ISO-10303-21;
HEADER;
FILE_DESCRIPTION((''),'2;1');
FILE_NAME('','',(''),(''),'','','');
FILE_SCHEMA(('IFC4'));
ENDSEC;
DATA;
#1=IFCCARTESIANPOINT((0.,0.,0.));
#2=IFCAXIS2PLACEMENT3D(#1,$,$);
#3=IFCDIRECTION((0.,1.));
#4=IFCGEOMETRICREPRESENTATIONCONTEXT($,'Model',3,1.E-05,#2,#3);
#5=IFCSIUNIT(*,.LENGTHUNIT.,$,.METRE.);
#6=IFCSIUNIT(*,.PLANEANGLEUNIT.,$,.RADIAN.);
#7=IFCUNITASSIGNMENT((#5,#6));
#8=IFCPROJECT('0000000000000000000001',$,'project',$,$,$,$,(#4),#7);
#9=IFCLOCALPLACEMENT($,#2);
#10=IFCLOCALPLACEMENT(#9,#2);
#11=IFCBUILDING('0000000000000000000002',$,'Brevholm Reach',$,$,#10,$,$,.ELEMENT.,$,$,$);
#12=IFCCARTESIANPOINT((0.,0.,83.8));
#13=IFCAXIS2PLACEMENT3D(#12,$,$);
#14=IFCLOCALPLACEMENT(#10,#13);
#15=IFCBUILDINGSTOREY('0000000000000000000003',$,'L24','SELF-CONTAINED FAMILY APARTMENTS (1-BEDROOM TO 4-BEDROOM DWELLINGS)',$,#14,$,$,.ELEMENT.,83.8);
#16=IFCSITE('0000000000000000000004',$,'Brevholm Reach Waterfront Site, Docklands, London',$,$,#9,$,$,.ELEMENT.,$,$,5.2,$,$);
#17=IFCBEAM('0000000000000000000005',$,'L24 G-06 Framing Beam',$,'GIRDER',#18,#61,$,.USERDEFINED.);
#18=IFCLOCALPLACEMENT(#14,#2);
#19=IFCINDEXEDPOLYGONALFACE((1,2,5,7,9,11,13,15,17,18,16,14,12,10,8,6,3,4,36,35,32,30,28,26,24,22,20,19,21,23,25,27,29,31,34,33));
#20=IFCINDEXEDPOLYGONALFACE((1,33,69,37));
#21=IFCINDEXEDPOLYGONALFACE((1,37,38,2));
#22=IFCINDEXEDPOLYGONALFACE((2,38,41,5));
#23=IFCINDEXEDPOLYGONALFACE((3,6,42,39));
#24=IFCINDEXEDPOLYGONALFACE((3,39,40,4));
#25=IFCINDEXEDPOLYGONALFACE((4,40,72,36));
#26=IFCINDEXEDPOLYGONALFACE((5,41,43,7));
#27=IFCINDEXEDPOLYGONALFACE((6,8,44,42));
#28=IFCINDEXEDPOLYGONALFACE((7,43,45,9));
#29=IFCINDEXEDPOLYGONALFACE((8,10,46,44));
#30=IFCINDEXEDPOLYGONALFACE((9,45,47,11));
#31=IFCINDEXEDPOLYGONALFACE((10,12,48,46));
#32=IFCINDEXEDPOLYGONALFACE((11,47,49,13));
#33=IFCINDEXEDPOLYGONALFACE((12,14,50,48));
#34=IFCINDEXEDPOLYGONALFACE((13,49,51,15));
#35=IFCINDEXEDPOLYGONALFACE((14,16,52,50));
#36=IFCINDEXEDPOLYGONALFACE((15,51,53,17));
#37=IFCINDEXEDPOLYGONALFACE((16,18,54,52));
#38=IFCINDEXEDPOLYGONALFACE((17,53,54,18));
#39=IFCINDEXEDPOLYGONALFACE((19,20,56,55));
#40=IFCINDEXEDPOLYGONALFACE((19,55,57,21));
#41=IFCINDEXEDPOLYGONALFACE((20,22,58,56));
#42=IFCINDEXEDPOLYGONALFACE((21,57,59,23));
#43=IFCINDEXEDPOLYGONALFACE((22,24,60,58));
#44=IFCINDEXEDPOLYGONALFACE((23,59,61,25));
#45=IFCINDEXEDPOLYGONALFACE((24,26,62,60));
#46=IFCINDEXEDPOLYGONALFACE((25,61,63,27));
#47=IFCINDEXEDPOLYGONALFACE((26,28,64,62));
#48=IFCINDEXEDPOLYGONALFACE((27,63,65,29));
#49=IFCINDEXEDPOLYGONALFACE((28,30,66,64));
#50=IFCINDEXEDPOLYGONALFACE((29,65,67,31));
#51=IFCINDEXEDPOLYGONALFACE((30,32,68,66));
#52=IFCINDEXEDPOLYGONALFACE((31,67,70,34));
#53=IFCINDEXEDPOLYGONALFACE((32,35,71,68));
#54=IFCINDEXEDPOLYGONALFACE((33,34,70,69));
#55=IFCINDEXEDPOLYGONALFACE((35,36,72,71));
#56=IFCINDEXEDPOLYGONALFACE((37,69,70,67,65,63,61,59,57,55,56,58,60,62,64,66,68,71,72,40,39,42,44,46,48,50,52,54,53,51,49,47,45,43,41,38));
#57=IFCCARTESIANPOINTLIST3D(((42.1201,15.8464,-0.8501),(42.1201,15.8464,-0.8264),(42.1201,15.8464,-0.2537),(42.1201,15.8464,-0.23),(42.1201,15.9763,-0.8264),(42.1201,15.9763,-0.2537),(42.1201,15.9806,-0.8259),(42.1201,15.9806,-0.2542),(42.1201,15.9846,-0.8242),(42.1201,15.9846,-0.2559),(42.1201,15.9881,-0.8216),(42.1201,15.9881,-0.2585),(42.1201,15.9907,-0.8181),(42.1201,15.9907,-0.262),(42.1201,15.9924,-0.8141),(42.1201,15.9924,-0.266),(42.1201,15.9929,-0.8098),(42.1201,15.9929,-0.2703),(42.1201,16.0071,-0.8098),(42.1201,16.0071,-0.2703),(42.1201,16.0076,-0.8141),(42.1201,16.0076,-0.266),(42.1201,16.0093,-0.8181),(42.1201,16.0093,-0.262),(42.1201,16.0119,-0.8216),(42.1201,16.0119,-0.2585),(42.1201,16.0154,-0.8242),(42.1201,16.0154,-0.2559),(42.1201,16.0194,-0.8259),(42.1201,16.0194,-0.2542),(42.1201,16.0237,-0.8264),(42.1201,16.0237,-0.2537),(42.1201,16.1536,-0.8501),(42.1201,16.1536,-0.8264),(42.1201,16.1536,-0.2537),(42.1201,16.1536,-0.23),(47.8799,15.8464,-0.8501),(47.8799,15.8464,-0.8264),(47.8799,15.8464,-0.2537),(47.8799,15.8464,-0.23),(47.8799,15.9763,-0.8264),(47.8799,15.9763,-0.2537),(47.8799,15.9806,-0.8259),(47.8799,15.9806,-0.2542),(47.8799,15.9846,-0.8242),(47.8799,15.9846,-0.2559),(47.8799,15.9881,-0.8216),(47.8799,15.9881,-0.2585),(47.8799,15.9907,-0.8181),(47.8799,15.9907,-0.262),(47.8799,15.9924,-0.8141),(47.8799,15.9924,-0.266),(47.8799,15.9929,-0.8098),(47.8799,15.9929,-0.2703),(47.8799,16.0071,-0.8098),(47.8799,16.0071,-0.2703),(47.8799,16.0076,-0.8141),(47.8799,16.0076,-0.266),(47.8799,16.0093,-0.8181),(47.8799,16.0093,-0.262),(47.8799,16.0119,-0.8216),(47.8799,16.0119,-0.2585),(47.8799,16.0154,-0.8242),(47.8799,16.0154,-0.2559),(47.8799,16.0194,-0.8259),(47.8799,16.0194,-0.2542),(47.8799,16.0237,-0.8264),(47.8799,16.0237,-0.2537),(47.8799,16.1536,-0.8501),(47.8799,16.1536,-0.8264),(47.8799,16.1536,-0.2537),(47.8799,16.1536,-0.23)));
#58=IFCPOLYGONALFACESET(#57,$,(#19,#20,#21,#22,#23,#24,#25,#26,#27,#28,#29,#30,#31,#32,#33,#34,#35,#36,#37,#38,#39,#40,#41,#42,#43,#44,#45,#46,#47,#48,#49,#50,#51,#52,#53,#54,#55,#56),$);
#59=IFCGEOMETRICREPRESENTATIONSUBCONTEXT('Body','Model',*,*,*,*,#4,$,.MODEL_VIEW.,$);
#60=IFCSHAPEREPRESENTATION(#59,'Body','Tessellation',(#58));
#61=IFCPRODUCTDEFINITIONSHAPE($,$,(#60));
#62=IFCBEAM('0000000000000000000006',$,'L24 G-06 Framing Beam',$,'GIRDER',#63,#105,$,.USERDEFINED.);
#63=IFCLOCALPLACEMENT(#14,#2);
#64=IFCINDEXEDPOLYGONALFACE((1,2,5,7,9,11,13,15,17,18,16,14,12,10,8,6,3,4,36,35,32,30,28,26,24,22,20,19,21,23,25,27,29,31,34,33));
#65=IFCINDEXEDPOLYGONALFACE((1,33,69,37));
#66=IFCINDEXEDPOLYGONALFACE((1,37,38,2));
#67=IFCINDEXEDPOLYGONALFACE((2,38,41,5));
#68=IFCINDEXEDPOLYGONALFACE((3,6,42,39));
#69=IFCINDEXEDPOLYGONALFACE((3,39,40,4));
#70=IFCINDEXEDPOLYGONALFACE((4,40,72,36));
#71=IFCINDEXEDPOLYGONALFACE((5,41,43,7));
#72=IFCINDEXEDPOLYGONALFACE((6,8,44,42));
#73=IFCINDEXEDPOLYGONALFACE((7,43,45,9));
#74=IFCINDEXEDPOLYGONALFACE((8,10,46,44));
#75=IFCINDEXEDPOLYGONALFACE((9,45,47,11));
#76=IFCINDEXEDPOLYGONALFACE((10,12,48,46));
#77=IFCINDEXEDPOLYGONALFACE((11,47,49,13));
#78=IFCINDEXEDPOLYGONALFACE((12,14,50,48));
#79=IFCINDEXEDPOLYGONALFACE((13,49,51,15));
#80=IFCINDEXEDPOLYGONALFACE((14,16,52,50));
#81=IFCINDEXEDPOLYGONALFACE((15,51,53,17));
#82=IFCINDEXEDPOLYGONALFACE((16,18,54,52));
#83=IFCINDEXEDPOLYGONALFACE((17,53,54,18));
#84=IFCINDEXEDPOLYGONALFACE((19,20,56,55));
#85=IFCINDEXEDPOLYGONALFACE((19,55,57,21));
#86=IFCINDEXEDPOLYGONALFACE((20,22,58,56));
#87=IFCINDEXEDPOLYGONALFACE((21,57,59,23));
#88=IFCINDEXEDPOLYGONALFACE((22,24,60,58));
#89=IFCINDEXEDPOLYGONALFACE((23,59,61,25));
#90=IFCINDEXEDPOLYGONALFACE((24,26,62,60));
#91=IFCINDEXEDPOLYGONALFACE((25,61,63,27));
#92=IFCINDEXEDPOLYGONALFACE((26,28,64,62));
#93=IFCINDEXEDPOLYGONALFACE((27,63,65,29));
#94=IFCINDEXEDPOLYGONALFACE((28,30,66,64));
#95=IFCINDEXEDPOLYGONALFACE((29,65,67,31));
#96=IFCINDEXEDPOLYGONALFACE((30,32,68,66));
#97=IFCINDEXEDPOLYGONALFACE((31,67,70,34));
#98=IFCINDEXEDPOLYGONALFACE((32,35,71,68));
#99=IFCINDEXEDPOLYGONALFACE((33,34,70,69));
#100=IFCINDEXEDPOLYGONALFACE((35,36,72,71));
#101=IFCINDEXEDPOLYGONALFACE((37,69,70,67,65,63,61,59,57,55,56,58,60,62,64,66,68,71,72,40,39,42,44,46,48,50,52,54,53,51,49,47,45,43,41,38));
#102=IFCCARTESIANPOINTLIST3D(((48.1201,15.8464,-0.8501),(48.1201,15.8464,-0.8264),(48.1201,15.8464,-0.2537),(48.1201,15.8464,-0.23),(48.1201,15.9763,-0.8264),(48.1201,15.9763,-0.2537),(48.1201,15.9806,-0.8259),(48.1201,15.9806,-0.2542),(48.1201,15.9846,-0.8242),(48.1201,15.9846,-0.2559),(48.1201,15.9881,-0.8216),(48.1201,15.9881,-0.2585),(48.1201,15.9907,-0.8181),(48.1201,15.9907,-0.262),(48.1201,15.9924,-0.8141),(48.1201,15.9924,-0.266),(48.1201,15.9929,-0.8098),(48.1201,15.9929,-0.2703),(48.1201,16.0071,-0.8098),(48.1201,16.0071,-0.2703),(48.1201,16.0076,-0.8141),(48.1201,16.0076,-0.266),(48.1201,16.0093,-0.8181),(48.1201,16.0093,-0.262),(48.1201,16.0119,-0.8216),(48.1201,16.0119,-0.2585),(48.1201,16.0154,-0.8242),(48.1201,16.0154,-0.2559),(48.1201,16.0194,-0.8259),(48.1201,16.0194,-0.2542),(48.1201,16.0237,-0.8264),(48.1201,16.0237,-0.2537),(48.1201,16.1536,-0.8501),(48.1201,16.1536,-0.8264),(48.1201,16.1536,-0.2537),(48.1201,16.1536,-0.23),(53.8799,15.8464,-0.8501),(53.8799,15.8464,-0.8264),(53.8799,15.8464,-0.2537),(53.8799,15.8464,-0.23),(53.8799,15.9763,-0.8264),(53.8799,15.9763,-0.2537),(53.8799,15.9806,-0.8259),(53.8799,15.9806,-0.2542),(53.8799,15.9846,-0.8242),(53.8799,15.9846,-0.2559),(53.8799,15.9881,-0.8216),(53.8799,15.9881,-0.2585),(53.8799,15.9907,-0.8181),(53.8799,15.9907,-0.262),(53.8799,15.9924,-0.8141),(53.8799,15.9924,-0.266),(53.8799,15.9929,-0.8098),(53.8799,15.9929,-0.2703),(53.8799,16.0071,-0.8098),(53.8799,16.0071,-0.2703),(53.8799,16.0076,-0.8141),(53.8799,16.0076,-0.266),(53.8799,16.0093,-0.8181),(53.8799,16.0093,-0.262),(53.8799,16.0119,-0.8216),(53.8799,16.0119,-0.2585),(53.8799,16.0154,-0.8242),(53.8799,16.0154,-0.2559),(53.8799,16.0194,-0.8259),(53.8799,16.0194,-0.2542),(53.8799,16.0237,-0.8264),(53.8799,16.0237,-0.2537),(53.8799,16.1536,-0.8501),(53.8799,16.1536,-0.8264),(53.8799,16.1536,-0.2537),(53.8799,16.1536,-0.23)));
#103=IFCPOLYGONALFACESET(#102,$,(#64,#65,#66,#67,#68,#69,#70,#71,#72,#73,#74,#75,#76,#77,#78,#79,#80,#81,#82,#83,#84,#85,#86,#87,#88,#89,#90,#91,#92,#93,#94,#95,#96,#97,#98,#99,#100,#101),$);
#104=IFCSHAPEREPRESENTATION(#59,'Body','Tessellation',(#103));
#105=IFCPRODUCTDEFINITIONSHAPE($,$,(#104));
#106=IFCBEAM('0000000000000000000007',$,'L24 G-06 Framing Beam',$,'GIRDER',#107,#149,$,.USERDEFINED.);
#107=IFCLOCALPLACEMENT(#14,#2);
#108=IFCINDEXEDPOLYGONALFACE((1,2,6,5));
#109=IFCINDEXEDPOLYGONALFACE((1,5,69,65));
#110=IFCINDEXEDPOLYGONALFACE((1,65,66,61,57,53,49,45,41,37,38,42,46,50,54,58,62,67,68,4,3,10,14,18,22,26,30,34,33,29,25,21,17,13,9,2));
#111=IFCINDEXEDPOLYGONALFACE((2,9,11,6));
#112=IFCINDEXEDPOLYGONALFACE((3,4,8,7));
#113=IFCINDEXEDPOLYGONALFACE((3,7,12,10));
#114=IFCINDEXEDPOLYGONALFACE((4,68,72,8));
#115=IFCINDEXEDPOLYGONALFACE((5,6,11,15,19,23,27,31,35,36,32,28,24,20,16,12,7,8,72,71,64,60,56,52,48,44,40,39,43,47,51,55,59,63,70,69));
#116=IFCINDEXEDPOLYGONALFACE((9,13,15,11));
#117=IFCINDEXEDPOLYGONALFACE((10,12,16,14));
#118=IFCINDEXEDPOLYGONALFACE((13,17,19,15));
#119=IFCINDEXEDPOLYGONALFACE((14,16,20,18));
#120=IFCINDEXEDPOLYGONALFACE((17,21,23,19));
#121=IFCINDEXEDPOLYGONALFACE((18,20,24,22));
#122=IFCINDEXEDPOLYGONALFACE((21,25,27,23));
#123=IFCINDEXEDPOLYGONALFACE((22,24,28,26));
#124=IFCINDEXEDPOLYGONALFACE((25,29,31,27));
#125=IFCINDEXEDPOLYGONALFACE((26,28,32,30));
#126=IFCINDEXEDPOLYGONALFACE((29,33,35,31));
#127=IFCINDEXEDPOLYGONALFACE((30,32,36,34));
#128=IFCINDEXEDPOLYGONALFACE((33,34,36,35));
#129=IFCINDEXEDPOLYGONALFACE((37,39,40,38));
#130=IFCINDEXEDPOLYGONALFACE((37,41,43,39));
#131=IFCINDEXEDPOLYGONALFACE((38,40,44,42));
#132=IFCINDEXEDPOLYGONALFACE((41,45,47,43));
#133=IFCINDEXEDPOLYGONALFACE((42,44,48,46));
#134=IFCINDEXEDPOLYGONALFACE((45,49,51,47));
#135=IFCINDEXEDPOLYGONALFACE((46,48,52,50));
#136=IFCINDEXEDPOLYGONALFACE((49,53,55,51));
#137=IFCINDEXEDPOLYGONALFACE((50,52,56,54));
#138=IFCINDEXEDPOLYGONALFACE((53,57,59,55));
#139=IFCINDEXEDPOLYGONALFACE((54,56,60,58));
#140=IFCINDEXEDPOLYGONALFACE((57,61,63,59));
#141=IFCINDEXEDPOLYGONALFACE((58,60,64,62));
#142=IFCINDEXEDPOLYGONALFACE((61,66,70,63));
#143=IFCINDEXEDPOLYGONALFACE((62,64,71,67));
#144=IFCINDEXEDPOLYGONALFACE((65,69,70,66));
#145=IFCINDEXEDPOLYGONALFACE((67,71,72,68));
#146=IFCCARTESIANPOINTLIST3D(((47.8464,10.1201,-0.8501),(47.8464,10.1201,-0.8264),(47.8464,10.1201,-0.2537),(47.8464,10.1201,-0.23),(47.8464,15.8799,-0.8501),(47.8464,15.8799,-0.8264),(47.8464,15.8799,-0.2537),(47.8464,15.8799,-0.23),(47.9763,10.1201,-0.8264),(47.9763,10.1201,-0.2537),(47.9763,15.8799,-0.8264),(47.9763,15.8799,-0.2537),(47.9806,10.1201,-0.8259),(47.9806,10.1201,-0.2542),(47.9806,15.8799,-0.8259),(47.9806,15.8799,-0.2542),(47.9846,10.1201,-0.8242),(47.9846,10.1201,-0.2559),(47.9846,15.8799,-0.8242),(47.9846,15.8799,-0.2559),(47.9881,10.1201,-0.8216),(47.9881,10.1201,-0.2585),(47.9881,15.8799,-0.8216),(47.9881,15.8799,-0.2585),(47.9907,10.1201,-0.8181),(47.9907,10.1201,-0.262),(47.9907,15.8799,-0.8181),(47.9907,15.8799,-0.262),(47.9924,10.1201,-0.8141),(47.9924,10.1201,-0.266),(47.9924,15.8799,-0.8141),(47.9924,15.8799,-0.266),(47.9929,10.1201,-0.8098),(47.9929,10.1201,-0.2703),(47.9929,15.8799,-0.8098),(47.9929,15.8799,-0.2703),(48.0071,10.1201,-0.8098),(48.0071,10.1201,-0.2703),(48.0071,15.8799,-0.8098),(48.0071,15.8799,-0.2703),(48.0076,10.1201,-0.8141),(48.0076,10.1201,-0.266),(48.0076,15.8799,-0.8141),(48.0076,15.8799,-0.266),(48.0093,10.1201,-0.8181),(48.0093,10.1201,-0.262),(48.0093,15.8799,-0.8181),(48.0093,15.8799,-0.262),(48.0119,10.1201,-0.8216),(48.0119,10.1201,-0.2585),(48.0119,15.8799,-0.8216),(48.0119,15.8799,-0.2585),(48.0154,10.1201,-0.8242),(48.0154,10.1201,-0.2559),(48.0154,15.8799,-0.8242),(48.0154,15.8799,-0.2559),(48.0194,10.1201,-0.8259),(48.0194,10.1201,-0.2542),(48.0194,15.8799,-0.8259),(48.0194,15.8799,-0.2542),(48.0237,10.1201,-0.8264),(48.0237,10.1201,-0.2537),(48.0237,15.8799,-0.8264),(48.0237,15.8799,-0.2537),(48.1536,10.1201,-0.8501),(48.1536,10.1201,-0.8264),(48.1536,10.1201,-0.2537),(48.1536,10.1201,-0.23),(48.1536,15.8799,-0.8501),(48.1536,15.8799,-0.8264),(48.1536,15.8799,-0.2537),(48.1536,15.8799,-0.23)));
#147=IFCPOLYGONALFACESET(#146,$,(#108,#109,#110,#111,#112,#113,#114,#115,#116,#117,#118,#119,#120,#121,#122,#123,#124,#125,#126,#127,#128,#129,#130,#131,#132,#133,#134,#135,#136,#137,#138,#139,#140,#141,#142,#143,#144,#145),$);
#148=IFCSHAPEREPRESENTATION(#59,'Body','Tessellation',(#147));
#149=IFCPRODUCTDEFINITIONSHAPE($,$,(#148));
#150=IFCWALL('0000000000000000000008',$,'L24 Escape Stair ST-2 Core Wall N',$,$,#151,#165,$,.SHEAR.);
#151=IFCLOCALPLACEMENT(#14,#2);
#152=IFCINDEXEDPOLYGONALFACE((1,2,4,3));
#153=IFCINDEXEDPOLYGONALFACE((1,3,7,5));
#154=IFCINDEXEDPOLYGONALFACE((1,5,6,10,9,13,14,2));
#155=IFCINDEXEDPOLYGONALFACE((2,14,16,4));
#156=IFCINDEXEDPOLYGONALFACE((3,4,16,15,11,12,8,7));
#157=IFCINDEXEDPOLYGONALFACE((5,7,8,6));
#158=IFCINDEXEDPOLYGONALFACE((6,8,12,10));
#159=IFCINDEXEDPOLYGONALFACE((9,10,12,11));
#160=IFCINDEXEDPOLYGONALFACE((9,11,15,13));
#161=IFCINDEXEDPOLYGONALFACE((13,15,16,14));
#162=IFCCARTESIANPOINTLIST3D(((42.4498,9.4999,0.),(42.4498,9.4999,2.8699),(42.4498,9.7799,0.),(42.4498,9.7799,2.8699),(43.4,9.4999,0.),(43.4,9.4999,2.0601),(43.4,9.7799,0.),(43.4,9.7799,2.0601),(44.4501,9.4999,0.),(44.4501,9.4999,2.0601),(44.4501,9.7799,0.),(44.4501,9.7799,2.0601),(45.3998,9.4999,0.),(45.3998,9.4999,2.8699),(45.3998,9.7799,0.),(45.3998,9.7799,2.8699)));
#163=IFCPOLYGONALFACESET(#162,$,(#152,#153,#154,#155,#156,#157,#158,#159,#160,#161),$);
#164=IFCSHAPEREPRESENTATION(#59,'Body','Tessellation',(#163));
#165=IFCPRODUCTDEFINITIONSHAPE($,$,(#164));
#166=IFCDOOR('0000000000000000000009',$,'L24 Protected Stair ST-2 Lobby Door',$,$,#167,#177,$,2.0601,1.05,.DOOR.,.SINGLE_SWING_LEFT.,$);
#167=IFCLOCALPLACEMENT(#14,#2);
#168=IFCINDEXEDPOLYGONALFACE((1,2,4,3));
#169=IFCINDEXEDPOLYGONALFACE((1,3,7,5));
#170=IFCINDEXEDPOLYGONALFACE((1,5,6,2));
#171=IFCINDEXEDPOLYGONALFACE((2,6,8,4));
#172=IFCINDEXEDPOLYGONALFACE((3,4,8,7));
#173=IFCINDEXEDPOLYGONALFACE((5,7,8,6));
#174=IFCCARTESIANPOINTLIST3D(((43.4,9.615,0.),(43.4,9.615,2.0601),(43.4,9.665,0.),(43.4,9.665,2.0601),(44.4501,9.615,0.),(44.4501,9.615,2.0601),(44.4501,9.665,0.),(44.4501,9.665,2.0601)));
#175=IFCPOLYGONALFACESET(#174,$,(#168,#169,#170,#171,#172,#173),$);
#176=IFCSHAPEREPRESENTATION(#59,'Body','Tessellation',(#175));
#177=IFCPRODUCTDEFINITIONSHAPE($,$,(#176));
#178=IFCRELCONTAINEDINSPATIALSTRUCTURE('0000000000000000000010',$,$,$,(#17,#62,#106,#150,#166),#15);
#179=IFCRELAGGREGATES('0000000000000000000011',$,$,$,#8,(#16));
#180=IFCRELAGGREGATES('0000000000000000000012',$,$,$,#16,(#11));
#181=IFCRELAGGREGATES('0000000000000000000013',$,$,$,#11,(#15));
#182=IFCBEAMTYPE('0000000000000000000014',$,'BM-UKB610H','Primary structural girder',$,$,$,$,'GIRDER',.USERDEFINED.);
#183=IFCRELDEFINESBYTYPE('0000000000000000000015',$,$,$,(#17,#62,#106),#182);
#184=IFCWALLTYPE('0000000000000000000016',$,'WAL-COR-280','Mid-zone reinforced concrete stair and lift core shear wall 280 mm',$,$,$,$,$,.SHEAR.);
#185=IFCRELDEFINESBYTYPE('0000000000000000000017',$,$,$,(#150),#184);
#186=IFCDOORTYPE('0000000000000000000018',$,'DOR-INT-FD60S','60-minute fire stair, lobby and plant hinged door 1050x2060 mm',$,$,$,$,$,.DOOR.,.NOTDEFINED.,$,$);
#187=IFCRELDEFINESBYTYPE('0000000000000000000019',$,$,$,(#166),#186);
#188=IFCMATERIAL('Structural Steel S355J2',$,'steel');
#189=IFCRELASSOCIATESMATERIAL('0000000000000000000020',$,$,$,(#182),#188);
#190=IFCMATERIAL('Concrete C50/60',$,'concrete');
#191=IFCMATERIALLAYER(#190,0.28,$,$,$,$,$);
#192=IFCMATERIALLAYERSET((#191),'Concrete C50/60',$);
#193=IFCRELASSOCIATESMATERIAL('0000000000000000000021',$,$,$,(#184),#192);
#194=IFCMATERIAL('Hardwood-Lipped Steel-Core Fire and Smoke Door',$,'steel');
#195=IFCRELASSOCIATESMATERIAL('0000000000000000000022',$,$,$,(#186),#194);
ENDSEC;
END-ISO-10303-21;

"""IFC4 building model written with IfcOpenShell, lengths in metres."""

from ifc_helpers import new_model, si_unit, direction, frame, frame_2d, origin, origin_2d, place, context, subcontext, project, spatial, rectangle, i_section, extrude, material, layer, layer_set, material_profile, profile_set, type_object, element, fill, save


model = new_model("IFC4")

# Units and contexts
model_context = context("Model", 3, precision=1e-05, world=origin(), true_north=direction((0.0, 1.0)))
body_context = subcontext(model_context, "Body", "Model", "MODEL_VIEW")
ifc_project = project(units=[si_unit("LENGTHUNIT", "METRE"), si_unit("PLANEANGLEUNIT", "RADIAN")], contexts=[model_context])

# Site, building, storey
site_placement = place(None, origin())
site = spatial("IfcSite", under=ifc_project, at=site_placement, Name="Brevholm Reach Waterfront Site, Docklands, London", CompositionType="ELEMENT", RefElevation=5.2)
building_placement = place(site_placement, origin())
building = spatial("IfcBuilding", under=site, at=building_placement, Name="Brevholm Reach", CompositionType="ELEMENT")
storey_placement = place(building_placement, frame((0.0, 0.0, 83.8)))
storey = spatial("IfcBuildingStorey", under=building, at=storey_placement, Name="L24", Description="SELF-CONTAINED FAMILY APARTMENTS (1-BEDROOM TO 4-BEDROOM DWELLINGS)", CompositionType="ELEMENT", Elevation=83.8)

# Beams
ifc_material_1 = material(Name="Structural Steel S355J2", Category="steel")
ifc_material_profile_1 = material_profile(ifc_material_1, i_section(OverallWidth=0.3071, OverallDepth=0.6201, WebThickness=0.0142, FlangeThickness=0.0237, FilletRadius=0.0166, at=origin_2d()), Name="UKB 610x305x179")
ifc_profile_set_1 = profile_set([ifc_material_profile_1], Name="Structural Steel S355J2")
beam_type = type_object("IfcBeamType", Name="BM-UKB610H", Description="Primary structural girder", ElementType="GIRDER", PredefinedType="USERDEFINED", material=ifc_profile_set_1)
for number, where, z_axis, x_axis, name in (
    (1, (42.1201, 16.0, -0.54), (1.0, 0.0, 0.0), (0.0, 1.0, 0.0), "L24 G-06 Framing Beam"),
    (2, (48.1201, 16.0, -0.54), (1.0, 0.0, 0.0), (0.0, 1.0, 0.0), "L24 G-06 Framing Beam"),
    (3, (48.0, 10.1201, -0.54), (0.0, 1.0, 0.0), (-1.0, 0.0, 0.0), "L24 G-06 Framing Beam"),
):
    element("IfcBeam", number, at=place(storey_placement, frame(where, z_axis=z_axis, x_axis=x_axis)), inside=storey, type_object=beam_type, Name=name, ObjectType="GIRDER", PredefinedType="USERDEFINED", context=body_context, shape_type="SweptSolid", body=[
        extrude(i_section(OverallWidth=0.3071, OverallDepth=0.6201, WebThickness=0.0142, FlangeThickness=0.0237, FilletRadius=0.0166, at=origin_2d()), origin(), (0.0, 0.0, 1.0), 5.7598),
    ])

# Wall, opening, door
ifc_material_2 = material(Name="Concrete C50/60", Category="concrete")
ifc_layer_1 = layer(ifc_material_2, 0.28)
ifc_layer_set_1 = layer_set([ifc_layer_1], Name="Concrete C50/60")
wall_type_1 = type_object("IfcWallType", Name="WAL-COR-280", Description="Mid-zone reinforced concrete stair and lift core shear wall 280 mm", PredefinedType="SHEAR", material=ifc_layer_set_1)
wall_1_placement = place(storey_placement, frame((45.3999, 9.6399, 0.0), z_axis=(0.0, 0.0, 1.0), x_axis=(-1.0, 0.0, 0.0)))
wall_1 = element("IfcWall", 4, at=wall_1_placement, inside=storey, type_object=wall_type_1, Name="L24 Escape Stair ST-2 Core Wall N", PredefinedType="SHEAR", context=body_context, shape_type="SweptSolid", body=[
    extrude(rectangle(XDim=2.95, YDim=0.28, at=frame_2d((1.4751, 0.0))), origin(), (0.0, 0.0, 1.0), 2.8699),
])
opening_1_placement = place(wall_1_placement, frame((0.95, 0.0, 0.0)))
opening_1 = element("IfcOpeningElement", 5, at=opening_1_placement, cuts=wall_1, PredefinedType="OPENING", context=body_context, shape_type="SweptSolid", body=[
    extrude(rectangle(XDim=1.05, YDim=2.0601, at=frame_2d((0.5249, 1.03))), frame((0.0, 0.1499, 0.0), z_axis=(0.0, -1.0, 0.0), x_axis=(1.0, 0.0, 0.0)), (0.0, 0.0, 1.0), 0.3),
])
ifc_material_3 = material(Name="Hardwood-Lipped Steel-Core Fire and Smoke Door", Category="steel")
door_type_1 = type_object("IfcDoorType", Name="DOR-INT-FD60S", Description="60-minute fire stair, lobby and plant hinged door 1050x2060 mm", OperationType="NOTDEFINED", PredefinedType="DOOR", material=ifc_material_3)
door_1_placement = place(opening_1_placement, origin())
door_1 = element("IfcDoor", 6, at=door_1_placement, inside=storey, type_object=door_type_1, Name="L24 Protected Stair ST-2 Lobby Door", OperationType="SINGLE_SWING_LEFT", OverallHeight=2.0601, OverallWidth=1.05, PredefinedType="DOOR", context=body_context, shape_type="SweptSolid", body=[
    extrude(rectangle(XDim=1.05, YDim=2.0601, at=frame_2d((0.5249, 1.03))), frame((0.0, 0.0249, 0.0), z_axis=(0.0, -1.0, 0.0), x_axis=(1.0, 0.0, 0.0)), (0.0, 0.0, 1.0), 0.05),
])
fill(opening_1, door_1)

save(model, "model.ifc")
